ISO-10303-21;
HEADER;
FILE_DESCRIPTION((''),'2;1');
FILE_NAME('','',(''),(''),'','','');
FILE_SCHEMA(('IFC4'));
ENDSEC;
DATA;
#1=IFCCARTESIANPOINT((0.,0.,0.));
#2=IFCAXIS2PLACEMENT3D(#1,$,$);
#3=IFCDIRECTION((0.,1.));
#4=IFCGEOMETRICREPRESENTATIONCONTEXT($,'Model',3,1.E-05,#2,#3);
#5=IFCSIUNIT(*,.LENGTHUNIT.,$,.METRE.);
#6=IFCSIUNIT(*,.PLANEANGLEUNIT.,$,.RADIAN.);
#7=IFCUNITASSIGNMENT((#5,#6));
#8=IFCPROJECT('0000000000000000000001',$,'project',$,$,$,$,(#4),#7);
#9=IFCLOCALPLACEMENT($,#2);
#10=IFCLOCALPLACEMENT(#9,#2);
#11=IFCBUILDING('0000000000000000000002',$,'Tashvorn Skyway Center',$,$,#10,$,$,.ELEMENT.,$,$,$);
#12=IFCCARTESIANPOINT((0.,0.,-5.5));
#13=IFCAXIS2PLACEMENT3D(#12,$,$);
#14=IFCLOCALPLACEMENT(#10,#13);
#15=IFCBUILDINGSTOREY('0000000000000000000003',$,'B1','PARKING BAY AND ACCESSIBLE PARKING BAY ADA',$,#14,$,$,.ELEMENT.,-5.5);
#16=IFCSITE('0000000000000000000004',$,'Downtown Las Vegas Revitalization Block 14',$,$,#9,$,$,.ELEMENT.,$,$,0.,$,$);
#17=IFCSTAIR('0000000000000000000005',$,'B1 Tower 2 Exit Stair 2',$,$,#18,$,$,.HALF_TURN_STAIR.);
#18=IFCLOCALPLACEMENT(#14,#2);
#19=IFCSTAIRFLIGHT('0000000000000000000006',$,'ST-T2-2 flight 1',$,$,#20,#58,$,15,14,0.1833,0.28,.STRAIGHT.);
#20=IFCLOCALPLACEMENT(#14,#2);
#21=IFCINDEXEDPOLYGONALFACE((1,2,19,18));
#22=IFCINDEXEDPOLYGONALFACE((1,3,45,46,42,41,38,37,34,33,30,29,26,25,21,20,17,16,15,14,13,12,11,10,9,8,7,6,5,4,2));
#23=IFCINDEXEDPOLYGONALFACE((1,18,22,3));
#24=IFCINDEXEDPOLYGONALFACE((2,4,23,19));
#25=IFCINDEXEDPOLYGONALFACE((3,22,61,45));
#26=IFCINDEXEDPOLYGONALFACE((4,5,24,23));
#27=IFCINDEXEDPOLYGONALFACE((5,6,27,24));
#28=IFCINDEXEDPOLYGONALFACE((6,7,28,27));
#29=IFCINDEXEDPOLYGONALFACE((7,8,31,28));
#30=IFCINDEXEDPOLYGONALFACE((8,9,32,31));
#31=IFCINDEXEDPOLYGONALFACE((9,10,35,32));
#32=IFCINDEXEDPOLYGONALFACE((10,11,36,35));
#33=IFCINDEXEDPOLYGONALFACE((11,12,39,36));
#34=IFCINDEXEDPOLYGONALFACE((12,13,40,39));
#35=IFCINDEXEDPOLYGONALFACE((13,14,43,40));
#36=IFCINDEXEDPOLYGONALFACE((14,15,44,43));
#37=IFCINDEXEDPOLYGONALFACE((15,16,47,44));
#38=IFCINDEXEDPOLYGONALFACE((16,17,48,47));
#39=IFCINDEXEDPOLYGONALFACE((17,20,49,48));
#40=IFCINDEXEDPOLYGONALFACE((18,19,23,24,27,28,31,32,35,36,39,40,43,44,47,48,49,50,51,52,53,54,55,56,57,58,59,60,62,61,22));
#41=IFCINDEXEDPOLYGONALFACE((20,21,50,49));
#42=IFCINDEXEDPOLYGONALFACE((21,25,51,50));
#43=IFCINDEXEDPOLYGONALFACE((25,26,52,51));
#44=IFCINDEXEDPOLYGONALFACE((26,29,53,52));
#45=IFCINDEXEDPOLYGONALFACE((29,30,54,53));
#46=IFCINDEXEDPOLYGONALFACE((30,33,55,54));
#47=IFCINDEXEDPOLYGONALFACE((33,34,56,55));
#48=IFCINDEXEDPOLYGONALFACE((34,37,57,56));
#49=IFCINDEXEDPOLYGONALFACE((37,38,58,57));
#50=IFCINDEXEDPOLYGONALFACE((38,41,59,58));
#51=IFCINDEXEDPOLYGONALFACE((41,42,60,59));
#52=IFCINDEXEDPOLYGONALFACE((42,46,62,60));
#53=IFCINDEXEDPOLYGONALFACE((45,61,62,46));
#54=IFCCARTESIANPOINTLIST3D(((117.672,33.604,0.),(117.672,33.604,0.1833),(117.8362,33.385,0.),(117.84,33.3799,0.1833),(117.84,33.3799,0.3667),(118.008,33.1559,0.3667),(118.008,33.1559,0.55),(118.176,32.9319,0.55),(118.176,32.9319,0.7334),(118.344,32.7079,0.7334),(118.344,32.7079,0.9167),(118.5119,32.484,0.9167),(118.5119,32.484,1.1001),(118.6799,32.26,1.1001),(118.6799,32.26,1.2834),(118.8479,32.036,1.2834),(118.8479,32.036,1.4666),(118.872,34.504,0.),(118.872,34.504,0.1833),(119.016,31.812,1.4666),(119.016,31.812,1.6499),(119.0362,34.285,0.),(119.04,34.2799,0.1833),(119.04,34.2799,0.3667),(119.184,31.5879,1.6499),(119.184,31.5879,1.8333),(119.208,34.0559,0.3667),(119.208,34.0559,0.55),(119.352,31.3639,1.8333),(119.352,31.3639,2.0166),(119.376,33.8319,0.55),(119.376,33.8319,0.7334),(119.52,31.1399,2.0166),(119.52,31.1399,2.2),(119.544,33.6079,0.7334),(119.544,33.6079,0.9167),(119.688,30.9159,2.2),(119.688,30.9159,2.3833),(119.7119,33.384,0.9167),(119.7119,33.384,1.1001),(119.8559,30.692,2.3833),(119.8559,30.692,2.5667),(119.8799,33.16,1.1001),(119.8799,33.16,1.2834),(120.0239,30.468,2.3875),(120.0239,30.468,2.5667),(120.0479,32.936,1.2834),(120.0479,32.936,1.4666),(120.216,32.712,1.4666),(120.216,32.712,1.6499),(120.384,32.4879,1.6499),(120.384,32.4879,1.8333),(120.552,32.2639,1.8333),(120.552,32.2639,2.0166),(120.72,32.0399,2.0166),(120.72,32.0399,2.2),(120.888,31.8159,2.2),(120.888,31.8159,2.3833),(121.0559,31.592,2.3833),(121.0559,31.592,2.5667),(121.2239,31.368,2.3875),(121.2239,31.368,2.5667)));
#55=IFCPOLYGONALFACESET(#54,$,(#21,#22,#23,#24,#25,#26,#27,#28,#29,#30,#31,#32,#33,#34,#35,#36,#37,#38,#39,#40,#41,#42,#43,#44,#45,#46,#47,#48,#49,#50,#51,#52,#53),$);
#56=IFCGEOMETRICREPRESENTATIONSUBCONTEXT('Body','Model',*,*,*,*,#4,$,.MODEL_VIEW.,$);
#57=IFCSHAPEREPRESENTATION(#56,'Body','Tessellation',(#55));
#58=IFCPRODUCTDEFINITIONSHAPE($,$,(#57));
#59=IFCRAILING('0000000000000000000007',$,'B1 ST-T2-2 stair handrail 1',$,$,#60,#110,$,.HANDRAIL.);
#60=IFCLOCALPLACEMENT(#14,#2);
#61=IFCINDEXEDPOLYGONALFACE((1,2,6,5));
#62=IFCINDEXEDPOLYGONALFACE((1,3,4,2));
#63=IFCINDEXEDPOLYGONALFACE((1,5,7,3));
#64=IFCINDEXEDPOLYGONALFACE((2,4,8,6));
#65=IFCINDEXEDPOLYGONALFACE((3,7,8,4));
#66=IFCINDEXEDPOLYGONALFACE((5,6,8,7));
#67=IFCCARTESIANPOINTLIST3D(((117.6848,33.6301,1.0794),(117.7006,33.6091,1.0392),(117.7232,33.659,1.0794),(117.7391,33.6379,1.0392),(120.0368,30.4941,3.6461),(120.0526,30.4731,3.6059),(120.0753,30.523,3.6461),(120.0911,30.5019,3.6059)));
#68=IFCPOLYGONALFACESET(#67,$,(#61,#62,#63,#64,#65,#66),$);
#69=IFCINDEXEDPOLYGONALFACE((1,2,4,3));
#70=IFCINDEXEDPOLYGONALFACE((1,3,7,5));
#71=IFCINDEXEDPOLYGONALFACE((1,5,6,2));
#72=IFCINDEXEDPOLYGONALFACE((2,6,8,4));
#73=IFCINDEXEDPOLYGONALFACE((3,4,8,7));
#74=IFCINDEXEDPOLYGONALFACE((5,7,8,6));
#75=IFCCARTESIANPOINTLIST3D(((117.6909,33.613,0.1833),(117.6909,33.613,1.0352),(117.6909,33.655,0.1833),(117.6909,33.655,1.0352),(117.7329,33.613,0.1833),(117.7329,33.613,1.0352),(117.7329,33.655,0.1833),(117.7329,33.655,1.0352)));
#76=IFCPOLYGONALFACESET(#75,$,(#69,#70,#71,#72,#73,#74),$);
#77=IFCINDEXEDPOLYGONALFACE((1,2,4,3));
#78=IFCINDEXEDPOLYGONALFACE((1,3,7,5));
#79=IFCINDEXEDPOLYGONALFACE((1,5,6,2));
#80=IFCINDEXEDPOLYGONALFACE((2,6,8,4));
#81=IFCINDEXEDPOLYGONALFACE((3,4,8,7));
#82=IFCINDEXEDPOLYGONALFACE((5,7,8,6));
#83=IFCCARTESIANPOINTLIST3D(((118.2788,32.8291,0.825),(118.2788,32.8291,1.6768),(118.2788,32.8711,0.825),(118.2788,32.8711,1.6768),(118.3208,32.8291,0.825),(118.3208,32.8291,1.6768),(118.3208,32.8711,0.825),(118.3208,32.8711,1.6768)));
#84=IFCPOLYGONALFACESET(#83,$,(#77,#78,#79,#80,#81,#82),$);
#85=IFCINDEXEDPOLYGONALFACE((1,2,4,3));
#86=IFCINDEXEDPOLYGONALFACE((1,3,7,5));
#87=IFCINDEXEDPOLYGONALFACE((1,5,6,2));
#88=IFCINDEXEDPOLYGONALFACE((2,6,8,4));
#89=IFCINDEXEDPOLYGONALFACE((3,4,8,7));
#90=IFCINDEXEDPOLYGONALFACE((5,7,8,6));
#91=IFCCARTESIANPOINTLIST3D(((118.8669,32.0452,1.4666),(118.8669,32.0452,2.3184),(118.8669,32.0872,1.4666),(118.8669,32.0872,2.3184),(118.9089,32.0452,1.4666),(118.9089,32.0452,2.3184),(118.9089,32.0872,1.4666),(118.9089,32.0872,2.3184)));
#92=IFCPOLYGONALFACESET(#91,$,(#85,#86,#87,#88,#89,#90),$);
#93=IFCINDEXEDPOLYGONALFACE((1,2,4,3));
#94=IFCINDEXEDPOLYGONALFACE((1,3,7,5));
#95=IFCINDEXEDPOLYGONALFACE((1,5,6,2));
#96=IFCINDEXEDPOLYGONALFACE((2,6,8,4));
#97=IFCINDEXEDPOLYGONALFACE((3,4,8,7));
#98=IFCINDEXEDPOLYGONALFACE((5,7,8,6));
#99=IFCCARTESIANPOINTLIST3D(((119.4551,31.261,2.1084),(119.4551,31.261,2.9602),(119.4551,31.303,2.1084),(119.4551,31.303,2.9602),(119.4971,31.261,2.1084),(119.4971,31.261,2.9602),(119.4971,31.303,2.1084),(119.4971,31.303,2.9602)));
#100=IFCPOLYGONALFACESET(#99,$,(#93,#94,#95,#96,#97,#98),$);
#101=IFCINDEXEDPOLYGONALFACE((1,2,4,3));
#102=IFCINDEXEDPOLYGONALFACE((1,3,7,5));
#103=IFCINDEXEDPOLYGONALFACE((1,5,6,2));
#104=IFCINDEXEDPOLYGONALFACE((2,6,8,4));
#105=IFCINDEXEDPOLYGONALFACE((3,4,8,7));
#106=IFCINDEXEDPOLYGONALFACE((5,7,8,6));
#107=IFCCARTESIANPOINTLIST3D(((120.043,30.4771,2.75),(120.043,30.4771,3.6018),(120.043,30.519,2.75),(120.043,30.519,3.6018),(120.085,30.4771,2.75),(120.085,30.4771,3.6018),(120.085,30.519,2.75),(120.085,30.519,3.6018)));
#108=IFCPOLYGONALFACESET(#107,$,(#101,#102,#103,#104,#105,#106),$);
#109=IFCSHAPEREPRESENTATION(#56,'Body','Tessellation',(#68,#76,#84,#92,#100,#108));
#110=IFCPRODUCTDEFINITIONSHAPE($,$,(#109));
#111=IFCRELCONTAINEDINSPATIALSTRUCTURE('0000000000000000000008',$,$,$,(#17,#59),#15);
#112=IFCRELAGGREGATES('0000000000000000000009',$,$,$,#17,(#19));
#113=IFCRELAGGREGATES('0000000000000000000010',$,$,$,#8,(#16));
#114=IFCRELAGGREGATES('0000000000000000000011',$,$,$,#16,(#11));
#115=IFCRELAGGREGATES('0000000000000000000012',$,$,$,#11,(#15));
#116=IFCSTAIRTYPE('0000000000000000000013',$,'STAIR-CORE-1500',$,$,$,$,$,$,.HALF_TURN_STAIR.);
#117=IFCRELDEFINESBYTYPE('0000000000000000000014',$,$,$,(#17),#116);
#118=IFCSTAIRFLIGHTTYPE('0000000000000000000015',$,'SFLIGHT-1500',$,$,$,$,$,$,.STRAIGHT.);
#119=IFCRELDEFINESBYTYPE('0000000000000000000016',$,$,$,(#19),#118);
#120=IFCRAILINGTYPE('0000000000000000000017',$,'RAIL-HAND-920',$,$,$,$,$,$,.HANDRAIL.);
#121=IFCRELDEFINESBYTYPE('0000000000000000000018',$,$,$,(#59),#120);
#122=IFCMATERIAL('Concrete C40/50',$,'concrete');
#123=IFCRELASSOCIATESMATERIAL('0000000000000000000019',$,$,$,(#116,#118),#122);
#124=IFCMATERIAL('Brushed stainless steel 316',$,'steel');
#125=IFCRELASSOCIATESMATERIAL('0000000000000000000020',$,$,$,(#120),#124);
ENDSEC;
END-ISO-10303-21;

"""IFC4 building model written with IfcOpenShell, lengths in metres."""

from ifc_helpers import new_model, si_unit, direction, frame, origin, origin_2d, place, context, subcontext, project, spatial, polyline, rectangle, outline, extrude, material, type_object, element, aggregate, save


model = new_model("IFC4")

# Units and contexts
model_context = context("Model", 3, precision=1e-05, world=origin(), true_north=direction((0.0, 1.0)))
body_context = subcontext(model_context, "Body", "Model", "MODEL_VIEW")
ifc_project = project(units=[si_unit("LENGTHUNIT", "METRE"), si_unit("PLANEANGLEUNIT", "RADIAN")], contexts=[model_context])

# Site, building, storey
site_placement = place(None, origin())
site = spatial("IfcSite", under=ifc_project, at=site_placement, Name="Downtown Las Vegas Revitalization Block 14", CompositionType="ELEMENT", RefElevation=0.0)
building_placement = place(site_placement, origin())
building = spatial("IfcBuilding", under=site, at=building_placement, Name="Tashvorn Skyway Center", CompositionType="ELEMENT")
storey_placement = place(building_placement, frame((0.0, 0.0, -5.5)))
storey = spatial("IfcBuildingStorey", under=building, at=storey_placement, Name="B1", Description="PARKING BAY AND ACCESSIBLE PARKING BAY ADA", CompositionType="ELEMENT", Elevation=-5.5)

# Shared definitions
ifc_material_1 = material(Name="Concrete C40/50", Category="concrete")

# Stair, stair flight
stair_type = type_object("IfcStairType", Name="STAIR-CORE-1500", PredefinedType="HALF_TURN_STAIR", material=ifc_material_1)
stair_placement = place(storey_placement, origin())
stair = element("IfcStair", 1, at=stair_placement, inside=storey, type_object=stair_type, Name="B1 Tower 2 Exit Stair 2", PredefinedType="HALF_TURN_STAIR")
stair_flight_type = type_object("IfcStairFlightType", Name="SFLIGHT-1500", PredefinedType="STRAIGHT", material=ifc_material_1)
stair_flight_placement = place(storey_placement, frame((118.272, 34.054, 0.0), z_axis=(0.0, 0.0, 1.0), x_axis=(0.6, -0.8, 0.0)))
stair_flight = element("IfcStairFlight", 2, at=stair_flight_placement, type_object=stair_flight_type, Name="ST-T2-2 flight 1", NumberOfRisers=15, NumberOfTreads=14, PredefinedType="STRAIGHT", RiserHeight=0.1833, TreadLength=0.28, context=body_context, shape_type="SweptSolid", body=[
    extrude(outline(polyline([(0.0, 0.0), (0.0, 0.1833), (0.28, 0.1833), (0.28, 0.3667), (0.5601, 0.3667), (0.5601, 0.55), (0.8401, 0.55), (0.8401, 0.7334), (1.1201, 0.7334), (1.1201, 0.9167), (1.3999, 0.9167), (1.3999, 1.1001), (1.6799, 1.1001), (1.6799, 1.2834), (1.96, 1.2834), (1.96, 1.4666), (2.24, 1.4666), (2.24, 1.6499), (2.52, 1.6499), (2.52, 1.8333), (2.8, 1.8333), (2.8, 2.0166), (3.0801, 2.0166), (3.0801, 2.2), (3.3601, 2.2), (3.3601, 2.3833), (3.6399, 2.3833), (3.6399, 2.5667), (3.9199, 2.5667), (3.9199, 2.75), (3.9199, 2.3875), (0.2737, 0.0), (0.0, 0.0)])), frame((0.0, 0.75, 0.0), z_axis=(0.0, -1.0, 0.0), x_axis=(1.0, 0.0, 0.0)), (0.0, 0.0, 1.0), 1.5),
])
aggregate(stair, [stair_flight])

# Railing
ifc_material_2 = material(Name="Brushed stainless steel 316", Category="steel")
railing_type = type_object("IfcRailingType", Name="RAIL-HAND-920", PredefinedType="HANDRAIL", material=ifc_material_2)
railing_placement = place(storey_placement, frame((117.7119, 33.634, 0.1833)))
element("IfcRailing", 3, at=railing_placement, inside=storey, type_object=railing_type, Name="B1 ST-T2-2 stair handrail 1", PredefinedType="HANDRAIL", context=body_context, shape_type="SweptSolid", body=[
    extrude(rectangle(XDim=0.0481, YDim=0.0481, at=origin_2d()), frame((0.0, 0.0, 0.876), z_axis=(0.501981, -0.669291, 0.547782), x_axis=(0.799993, 0.60001, 0.0)), (0.0, 0.0, 1.0), 4.6855),
    extrude(rectangle(XDim=0.042, YDim=0.042, at=origin_2d()), origin(), (0.0, 0.0, 1.0), 0.8518),
    extrude(rectangle(XDim=0.042, YDim=0.042, at=origin_2d()), frame((0.5879, -0.7839, 0.6416)), (0.0, 0.0, 1.0), 0.8518),
    extrude(rectangle(XDim=0.042, YDim=0.042, at=origin_2d()), frame((1.176, -1.5679, 1.2832)), (0.0, 0.0, 1.0), 0.8518),
    extrude(rectangle(XDim=0.042, YDim=0.042, at=origin_2d()), frame((1.7642, -2.3521, 1.925)), (0.0, 0.0, 1.0), 0.8518),
    extrude(rectangle(XDim=0.042, YDim=0.042, at=origin_2d()), frame((2.3521, -3.136, 2.5667)), (0.0, 0.0, 1.0), 0.8518),
])

save(model, "model.ifc")
